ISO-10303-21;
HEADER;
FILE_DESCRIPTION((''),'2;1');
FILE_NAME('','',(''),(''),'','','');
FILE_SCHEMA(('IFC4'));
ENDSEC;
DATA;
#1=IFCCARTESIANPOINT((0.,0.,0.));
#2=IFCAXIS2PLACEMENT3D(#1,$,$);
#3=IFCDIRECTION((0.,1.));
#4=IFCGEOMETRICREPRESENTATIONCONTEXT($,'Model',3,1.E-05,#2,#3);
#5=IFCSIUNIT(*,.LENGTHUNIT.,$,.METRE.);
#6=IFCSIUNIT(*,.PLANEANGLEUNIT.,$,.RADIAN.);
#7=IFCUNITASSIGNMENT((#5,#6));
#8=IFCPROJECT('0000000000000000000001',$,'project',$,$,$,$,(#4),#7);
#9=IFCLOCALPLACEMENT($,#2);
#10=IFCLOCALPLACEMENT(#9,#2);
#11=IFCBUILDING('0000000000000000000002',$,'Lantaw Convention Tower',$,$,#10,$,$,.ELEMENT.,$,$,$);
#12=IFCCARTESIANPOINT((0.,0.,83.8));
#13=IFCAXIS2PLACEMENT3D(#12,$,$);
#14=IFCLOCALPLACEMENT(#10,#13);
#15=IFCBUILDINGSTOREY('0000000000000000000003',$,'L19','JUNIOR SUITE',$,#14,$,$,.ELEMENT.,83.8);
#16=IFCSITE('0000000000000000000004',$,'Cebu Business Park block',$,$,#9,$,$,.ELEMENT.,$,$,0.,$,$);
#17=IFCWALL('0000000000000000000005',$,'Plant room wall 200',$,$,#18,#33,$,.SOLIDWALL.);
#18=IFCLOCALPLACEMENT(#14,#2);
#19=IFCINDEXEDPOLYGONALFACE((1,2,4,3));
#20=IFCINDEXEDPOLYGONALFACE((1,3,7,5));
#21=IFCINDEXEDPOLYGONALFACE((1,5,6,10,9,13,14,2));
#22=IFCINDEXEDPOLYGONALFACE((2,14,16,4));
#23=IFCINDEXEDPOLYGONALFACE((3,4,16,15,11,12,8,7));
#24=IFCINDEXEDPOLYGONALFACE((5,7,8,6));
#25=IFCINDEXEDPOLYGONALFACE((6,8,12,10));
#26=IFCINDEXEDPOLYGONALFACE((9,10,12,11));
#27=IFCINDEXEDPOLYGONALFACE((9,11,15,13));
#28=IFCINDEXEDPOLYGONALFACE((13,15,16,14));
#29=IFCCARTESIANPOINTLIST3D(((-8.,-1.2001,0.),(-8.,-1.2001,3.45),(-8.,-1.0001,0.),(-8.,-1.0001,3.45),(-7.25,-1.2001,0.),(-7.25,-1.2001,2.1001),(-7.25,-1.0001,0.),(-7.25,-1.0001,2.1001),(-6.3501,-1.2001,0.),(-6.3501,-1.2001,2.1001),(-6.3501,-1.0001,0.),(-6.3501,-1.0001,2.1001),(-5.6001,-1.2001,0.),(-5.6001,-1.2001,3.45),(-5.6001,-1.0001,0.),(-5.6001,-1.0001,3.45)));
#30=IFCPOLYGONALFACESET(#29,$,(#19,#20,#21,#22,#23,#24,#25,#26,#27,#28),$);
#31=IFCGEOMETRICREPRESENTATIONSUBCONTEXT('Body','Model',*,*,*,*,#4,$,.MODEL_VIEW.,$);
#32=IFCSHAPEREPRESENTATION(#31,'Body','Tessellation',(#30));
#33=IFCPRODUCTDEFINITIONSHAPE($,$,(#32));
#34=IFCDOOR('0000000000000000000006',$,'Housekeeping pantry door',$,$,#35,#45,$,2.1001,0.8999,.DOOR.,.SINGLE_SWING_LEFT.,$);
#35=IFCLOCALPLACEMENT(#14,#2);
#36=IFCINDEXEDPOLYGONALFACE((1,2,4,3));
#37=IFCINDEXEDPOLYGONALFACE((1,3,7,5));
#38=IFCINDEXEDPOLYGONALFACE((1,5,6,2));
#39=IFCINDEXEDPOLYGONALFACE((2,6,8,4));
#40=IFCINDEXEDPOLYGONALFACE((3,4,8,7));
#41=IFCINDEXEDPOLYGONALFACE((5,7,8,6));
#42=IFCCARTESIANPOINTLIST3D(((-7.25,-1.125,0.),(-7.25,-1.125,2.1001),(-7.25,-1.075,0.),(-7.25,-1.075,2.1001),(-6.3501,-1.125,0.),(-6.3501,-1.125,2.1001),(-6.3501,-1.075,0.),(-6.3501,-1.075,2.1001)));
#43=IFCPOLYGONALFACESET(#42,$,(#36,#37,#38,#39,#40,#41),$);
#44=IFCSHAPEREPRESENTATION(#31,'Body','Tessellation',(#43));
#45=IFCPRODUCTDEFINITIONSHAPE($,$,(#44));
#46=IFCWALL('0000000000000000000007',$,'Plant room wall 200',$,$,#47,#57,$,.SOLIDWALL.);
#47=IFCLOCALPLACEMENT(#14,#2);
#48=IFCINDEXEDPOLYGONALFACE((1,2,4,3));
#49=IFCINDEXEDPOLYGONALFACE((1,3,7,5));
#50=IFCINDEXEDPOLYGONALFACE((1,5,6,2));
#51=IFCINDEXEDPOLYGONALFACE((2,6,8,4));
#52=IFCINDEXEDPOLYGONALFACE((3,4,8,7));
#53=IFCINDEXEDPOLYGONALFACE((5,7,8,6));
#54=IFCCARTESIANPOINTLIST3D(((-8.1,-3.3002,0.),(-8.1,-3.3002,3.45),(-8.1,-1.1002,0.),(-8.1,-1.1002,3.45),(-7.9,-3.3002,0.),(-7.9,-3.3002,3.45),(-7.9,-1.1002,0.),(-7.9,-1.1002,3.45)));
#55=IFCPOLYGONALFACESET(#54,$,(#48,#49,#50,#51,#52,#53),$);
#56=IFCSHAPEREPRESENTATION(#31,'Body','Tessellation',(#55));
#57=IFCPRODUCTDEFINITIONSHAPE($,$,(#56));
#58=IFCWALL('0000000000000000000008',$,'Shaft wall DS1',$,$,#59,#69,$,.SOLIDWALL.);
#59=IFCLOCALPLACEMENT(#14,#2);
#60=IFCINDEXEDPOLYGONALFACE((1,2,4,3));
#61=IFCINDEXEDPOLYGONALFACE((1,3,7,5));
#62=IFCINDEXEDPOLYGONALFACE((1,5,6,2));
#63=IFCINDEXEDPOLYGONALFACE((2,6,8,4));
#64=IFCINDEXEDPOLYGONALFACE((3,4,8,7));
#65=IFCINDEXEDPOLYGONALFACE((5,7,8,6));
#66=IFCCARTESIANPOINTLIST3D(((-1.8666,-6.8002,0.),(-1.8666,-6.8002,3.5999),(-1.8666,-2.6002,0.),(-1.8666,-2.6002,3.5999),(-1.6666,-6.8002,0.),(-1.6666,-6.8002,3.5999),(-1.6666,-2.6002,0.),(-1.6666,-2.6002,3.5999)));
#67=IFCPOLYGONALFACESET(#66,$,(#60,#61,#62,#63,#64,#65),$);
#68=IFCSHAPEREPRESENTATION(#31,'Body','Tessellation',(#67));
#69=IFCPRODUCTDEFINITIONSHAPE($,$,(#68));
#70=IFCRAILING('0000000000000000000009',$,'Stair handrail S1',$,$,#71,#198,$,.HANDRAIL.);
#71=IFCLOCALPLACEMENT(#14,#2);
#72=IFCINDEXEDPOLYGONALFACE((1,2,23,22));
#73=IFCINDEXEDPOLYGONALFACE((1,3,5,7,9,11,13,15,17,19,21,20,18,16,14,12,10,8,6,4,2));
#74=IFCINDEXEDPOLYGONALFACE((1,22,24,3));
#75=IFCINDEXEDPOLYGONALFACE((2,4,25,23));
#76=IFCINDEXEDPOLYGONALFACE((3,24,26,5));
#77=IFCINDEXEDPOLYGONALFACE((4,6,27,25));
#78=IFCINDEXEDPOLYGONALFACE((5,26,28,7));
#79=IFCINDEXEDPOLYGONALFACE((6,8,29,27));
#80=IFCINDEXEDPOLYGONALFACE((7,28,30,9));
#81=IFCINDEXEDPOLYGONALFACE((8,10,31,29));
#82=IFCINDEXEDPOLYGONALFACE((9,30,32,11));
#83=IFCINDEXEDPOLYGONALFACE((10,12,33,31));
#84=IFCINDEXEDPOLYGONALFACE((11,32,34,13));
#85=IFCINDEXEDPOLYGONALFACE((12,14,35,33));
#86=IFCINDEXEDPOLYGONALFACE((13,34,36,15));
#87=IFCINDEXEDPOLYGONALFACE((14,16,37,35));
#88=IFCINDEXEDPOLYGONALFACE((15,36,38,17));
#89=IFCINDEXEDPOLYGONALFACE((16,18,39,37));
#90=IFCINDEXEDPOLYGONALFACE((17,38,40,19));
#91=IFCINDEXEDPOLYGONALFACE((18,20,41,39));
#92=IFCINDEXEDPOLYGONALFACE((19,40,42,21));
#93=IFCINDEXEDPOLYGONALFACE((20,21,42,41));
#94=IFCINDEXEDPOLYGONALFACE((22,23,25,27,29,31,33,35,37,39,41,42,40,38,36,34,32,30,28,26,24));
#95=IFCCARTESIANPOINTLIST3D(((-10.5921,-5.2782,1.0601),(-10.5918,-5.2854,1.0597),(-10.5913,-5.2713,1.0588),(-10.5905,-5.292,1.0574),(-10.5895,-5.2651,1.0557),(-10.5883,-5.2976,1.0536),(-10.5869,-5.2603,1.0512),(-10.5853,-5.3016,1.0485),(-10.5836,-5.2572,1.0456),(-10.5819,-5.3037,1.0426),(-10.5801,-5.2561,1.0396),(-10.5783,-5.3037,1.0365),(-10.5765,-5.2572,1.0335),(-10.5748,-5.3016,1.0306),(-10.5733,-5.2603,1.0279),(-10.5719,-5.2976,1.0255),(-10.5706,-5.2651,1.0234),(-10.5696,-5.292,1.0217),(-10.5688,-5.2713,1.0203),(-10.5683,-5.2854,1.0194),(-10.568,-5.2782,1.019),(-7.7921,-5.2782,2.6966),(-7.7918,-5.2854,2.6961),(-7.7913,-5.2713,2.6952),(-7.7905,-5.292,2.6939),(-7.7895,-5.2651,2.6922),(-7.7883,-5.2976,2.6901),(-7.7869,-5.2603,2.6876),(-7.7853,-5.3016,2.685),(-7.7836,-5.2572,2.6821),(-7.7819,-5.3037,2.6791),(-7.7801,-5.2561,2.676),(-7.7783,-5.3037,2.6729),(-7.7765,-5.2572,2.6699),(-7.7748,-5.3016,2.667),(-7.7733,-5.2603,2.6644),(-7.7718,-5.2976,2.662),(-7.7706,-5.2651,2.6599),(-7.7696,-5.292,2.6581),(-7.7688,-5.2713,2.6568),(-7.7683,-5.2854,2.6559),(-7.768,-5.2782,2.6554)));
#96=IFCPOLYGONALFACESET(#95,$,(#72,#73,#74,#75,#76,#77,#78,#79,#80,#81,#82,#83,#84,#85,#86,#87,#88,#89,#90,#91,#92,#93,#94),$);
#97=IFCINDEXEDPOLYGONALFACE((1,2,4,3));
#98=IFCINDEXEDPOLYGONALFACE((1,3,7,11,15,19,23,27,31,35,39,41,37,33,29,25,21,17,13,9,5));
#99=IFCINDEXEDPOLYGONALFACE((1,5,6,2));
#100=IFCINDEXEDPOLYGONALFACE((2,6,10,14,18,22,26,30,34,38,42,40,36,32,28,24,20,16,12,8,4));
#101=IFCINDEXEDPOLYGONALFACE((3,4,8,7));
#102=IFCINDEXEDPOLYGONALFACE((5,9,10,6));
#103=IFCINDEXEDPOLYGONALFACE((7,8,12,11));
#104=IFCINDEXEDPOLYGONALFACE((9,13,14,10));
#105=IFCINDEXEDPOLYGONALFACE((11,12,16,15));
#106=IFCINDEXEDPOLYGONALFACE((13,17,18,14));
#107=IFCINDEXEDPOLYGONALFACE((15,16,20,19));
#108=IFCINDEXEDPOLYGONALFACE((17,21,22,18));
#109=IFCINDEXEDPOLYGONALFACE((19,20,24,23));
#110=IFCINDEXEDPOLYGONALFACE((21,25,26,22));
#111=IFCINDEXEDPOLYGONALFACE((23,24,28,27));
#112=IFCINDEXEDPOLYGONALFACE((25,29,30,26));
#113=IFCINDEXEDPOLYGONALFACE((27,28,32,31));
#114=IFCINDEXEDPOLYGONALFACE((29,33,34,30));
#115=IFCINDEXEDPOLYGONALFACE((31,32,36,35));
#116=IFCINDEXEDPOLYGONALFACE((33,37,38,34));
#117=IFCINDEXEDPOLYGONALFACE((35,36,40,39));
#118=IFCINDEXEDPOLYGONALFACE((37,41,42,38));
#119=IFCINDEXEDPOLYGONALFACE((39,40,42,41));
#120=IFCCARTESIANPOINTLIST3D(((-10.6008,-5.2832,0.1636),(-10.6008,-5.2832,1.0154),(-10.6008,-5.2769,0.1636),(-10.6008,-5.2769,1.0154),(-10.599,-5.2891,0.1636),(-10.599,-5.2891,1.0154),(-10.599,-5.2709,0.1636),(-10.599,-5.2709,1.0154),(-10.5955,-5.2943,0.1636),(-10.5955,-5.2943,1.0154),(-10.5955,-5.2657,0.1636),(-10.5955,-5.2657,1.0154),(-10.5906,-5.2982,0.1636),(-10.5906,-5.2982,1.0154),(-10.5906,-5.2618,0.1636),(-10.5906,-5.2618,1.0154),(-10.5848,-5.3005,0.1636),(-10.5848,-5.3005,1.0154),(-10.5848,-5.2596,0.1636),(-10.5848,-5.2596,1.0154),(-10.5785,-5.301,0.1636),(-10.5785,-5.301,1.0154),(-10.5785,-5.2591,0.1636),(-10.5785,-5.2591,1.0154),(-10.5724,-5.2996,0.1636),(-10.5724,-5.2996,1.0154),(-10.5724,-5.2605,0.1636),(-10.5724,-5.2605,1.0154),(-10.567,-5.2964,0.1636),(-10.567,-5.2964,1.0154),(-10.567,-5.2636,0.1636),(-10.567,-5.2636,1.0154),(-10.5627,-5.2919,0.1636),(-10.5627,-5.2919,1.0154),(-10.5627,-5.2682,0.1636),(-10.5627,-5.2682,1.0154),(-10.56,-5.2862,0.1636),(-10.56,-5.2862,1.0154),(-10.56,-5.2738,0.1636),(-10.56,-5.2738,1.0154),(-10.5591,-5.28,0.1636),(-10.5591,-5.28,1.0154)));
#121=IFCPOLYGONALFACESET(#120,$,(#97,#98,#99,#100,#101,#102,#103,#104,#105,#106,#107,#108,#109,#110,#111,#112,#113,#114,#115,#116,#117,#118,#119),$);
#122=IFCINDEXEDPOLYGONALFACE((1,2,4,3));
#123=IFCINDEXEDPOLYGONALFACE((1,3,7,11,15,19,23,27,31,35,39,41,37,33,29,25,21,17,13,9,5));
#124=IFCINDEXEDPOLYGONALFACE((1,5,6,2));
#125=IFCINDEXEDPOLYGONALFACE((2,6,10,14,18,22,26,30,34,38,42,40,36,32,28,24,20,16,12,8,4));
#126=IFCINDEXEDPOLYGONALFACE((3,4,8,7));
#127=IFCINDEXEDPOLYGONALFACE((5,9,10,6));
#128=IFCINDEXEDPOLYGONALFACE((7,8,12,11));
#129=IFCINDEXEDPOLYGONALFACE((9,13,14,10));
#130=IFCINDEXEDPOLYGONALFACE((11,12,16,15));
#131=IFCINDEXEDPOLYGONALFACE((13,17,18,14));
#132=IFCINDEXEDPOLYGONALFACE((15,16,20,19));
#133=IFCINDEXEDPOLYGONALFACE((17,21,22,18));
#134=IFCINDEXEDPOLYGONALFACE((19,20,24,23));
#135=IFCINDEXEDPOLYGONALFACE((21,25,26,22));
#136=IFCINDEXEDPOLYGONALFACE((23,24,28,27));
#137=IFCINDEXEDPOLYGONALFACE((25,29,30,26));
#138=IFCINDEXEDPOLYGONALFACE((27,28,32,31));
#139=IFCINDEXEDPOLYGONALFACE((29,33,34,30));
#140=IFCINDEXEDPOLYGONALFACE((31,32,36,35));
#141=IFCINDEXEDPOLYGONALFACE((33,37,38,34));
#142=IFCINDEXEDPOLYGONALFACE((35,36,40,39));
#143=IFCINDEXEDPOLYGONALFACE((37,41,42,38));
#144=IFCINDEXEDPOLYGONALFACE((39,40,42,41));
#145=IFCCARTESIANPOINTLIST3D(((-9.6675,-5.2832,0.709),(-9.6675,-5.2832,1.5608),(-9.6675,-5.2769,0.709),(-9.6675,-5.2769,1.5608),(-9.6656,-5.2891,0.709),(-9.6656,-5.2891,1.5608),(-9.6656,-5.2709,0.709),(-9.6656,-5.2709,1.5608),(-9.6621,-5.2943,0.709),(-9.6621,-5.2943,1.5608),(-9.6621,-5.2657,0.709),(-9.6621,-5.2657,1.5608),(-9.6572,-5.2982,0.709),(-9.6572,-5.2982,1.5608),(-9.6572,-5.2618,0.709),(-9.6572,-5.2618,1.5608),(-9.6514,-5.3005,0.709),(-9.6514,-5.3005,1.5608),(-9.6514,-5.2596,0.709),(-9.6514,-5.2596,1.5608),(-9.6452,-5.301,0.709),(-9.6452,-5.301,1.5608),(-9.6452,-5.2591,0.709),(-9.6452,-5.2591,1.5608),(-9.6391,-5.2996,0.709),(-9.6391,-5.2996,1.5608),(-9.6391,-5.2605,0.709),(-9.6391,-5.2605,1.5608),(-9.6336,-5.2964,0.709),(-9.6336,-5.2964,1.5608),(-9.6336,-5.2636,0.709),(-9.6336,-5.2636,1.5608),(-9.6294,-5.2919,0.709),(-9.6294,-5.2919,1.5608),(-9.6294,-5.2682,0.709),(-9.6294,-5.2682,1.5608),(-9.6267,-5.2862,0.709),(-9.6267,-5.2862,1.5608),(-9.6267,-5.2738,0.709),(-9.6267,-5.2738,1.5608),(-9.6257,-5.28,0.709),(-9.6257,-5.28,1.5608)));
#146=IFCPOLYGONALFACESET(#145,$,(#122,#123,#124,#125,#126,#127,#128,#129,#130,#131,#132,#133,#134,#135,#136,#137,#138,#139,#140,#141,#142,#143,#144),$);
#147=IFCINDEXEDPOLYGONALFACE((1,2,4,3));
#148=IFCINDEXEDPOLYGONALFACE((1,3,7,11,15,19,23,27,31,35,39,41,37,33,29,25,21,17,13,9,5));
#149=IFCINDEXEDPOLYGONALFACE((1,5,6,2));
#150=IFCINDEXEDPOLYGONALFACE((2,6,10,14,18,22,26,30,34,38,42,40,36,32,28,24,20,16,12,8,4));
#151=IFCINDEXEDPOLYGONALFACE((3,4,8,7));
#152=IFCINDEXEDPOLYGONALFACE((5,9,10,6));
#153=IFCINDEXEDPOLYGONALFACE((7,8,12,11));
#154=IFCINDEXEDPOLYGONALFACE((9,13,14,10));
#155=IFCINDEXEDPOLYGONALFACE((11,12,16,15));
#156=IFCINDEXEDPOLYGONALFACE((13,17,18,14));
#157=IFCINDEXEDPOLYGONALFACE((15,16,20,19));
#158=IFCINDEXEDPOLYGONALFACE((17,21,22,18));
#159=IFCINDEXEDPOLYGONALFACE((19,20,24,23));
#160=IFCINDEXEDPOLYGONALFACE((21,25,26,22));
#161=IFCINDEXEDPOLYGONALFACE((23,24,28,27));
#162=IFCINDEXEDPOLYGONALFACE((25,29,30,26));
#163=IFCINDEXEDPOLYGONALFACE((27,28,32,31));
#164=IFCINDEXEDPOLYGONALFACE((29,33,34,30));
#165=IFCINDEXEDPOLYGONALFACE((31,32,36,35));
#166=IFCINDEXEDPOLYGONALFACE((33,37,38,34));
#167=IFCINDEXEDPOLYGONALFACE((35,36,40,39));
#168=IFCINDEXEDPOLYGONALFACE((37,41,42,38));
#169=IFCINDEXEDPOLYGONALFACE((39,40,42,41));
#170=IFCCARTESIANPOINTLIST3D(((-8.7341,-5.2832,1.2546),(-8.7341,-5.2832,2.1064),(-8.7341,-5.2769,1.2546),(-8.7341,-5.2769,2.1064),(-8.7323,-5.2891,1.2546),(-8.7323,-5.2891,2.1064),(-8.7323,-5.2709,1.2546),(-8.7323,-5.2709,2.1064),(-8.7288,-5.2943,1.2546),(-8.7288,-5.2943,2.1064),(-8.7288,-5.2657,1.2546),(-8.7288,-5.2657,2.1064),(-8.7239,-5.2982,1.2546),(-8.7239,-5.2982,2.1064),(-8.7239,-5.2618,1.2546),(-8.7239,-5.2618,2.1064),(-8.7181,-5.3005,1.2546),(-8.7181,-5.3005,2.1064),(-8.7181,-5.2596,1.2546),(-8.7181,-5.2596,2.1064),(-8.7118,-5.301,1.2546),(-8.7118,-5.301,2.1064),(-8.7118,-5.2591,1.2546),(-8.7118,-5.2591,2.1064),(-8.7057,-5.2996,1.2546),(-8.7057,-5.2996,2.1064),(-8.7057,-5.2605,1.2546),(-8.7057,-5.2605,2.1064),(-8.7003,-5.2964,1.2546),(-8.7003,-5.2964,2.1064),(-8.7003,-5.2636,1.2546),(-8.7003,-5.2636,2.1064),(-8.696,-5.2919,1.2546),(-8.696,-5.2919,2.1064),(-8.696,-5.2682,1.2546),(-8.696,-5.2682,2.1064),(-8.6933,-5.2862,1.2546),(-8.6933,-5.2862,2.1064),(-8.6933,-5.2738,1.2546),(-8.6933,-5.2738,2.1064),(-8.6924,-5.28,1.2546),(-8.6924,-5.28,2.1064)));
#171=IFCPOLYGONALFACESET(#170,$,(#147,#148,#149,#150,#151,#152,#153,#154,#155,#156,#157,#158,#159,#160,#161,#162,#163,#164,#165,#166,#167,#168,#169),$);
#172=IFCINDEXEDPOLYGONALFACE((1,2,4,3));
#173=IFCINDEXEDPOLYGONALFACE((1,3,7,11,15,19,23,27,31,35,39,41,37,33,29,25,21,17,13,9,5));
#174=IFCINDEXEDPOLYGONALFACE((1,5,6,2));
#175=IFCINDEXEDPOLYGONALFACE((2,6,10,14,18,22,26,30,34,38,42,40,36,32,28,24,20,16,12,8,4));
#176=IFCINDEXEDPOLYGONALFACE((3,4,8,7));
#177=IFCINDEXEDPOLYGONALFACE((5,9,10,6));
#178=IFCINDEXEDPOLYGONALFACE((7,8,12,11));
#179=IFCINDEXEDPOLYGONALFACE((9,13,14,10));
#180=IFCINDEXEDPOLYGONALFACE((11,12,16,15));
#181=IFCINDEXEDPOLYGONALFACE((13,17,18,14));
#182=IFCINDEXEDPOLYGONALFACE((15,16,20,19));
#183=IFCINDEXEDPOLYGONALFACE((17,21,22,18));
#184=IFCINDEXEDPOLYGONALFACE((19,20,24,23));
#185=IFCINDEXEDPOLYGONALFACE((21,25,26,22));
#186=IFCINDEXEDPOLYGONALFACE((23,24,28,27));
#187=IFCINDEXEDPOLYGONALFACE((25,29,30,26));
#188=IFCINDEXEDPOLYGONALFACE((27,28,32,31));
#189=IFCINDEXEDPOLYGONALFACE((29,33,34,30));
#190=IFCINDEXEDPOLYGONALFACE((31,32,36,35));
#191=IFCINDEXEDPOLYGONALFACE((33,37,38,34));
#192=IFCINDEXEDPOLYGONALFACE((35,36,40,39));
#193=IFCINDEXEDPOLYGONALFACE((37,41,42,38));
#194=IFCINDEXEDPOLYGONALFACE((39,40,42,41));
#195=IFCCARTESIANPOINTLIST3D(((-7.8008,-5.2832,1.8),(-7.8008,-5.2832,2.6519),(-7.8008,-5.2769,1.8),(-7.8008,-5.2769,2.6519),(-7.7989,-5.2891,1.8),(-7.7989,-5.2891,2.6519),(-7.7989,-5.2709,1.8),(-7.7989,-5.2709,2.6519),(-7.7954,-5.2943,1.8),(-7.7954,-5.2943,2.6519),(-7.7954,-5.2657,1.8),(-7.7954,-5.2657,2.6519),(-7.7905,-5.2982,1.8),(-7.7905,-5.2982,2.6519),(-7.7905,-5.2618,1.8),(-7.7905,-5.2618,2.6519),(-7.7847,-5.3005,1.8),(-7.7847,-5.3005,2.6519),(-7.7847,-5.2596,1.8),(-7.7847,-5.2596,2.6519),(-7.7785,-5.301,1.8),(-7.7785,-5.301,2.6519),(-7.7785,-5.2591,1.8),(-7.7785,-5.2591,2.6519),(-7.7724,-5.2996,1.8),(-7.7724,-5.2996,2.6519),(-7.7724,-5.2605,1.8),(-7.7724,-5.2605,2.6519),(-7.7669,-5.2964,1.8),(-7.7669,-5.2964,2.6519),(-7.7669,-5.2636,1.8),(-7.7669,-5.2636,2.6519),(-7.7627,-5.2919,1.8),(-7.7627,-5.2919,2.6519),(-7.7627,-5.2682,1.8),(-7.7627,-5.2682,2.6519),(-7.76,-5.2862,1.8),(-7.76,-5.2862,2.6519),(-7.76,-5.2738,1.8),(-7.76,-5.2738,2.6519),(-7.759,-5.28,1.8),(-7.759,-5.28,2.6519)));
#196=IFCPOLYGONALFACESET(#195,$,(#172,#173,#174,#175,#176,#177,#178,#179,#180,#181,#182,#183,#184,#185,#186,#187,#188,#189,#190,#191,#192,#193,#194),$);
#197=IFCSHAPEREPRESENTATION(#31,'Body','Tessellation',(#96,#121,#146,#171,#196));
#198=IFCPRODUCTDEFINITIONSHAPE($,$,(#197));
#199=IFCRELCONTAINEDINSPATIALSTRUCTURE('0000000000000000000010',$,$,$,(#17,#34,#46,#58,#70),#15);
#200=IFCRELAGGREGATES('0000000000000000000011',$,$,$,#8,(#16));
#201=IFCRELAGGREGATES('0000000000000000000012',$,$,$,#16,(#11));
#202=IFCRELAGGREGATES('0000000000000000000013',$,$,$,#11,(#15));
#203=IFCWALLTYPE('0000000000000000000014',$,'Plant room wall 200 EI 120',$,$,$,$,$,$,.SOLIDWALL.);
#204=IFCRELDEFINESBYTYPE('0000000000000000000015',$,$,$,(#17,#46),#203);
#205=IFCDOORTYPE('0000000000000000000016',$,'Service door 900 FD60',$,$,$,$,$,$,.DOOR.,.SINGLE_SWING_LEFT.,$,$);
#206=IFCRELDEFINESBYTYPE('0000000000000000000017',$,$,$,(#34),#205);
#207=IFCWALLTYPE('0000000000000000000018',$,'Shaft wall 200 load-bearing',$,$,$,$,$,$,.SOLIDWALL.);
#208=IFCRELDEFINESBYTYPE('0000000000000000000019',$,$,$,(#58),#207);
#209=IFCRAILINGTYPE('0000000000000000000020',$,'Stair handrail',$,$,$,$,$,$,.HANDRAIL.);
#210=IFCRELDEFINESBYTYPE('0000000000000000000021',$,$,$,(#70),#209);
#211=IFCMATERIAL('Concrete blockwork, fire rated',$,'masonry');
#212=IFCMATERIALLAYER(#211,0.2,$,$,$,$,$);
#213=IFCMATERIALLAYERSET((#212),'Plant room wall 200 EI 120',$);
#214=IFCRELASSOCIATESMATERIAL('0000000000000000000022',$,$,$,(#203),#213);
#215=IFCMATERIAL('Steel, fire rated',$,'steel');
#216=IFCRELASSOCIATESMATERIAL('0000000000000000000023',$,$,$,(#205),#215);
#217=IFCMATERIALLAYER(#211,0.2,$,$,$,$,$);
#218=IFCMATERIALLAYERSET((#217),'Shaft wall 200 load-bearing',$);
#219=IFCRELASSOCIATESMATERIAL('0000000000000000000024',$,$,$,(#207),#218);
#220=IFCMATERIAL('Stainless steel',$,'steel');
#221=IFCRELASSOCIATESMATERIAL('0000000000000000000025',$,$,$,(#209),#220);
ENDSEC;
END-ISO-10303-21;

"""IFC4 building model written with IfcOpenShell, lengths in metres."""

from ifc_helpers import new_model, si_unit, direction, frame, frame_2d, origin, origin_2d, place, context, subcontext, project, spatial, rectangle, circle, extrude, material, layer, layer_set, type_object, element, fill, save


model = new_model("IFC4")

# Units and contexts
model_context = context("Model", 3, precision=1e-05, world=origin(), true_north=direction((0.0, 1.0)))
body_context = subcontext(model_context, "Body", "Model", "MODEL_VIEW")
ifc_project = project(units=[si_unit("LENGTHUNIT", "METRE"), si_unit("PLANEANGLEUNIT", "RADIAN")], contexts=[model_context])

# Site, building, storey
site_placement = place(None, origin())
site = spatial("IfcSite", under=ifc_project, at=site_placement, Name="Cebu Business Park block", CompositionType="ELEMENT", RefElevation=0.0)
building_placement = place(site_placement, origin())
building = spatial("IfcBuilding", under=site, at=building_placement, Name="Lantaw Convention Tower", CompositionType="ELEMENT")
storey_placement = place(building_placement, frame((0.0, 0.0, 83.8)))
storey = spatial("IfcBuildingStorey", under=building, at=storey_placement, Name="L19", Description="JUNIOR SUITE", CompositionType="ELEMENT", Elevation=83.8)

# Shared definitions
ifc_material_1 = material(Name="Steel, fire rated", Category="steel")

# Shared definitions
ifc_material_2 = material(Name="Stainless steel", Category="steel")

# Wall, opening, door
ifc_material_3 = material(Name="Concrete blockwork, fire rated", Category="masonry")
ifc_layer_1 = layer(ifc_material_3, 0.2)
ifc_layer_set_1 = layer_set([ifc_layer_1], Name="Plant room wall 200 EI 120")
wall_type_1 = type_object("IfcWallType", Name="Plant room wall 200 EI 120", PredefinedType="SOLIDWALL", material=ifc_layer_set_1)
wall_1_placement = place(storey_placement, frame((-5.6001, -1.1001, 0.0), z_axis=(0.0, 0.0, 1.0), x_axis=(-1.0, 0.0, 0.0)))
wall_1 = element("IfcWall", 1, at=wall_1_placement, inside=storey, type_object=wall_type_1, Name="Plant room wall 200", PredefinedType="SOLIDWALL", context=body_context, shape_type="SweptSolid", body=[
    extrude(rectangle(XDim=2.3999, YDim=0.2, at=frame_2d((1.2, 0.0))), origin(), (0.0, 0.0, 1.0), 3.45),
])
opening_1_placement = place(wall_1_placement, frame((0.75, 0.0, 0.0)))
opening_1 = element("IfcOpeningElement", 2, at=opening_1_placement, cuts=wall_1, PredefinedType="OPENING", context=body_context, shape_type="SweptSolid", body=[
    extrude(rectangle(XDim=0.8999, YDim=2.1001, at=frame_2d((0.45, 1.05))), frame((0.0, 0.1099, 0.0), z_axis=(0.0, -1.0, 0.0), x_axis=(1.0, 0.0, 0.0)), (0.0, 0.0, 1.0), 0.22),
])
door_type_1 = type_object("IfcDoorType", Name="Service door 900 FD60", OperationType="SINGLE_SWING_LEFT", PredefinedType="DOOR", material=ifc_material_1)
door_1_placement = place(opening_1_placement, origin())
door_1 = element("IfcDoor", 3, at=door_1_placement, inside=storey, type_object=door_type_1, Name="Housekeeping pantry door", OperationType="SINGLE_SWING_LEFT", OverallHeight=2.1001, OverallWidth=0.8999, PredefinedType="DOOR", context=body_context, shape_type="SweptSolid", body=[
    extrude(rectangle(XDim=0.8999, YDim=2.1001, at=frame_2d((0.45, 1.05))), frame((0.0, 0.0249, 0.0), z_axis=(0.0, -1.0, 0.0), x_axis=(1.0, 0.0, 0.0)), (0.0, 0.0, 1.0), 0.05),
])
fill(opening_1, door_1)

# Walls
wall_2_placement = place(storey_placement, frame((-8.0, -1.1001, 0.0), z_axis=(0.0, 0.0, 1.0), x_axis=(0.0, -1.0, 0.0)))
element("IfcWall", 4, at=wall_2_placement, inside=storey, type_object=wall_type_1, Name="Plant room wall 200", PredefinedType="SOLIDWALL", context=body_context, shape_type="SweptSolid", body=[
    extrude(rectangle(XDim=2.2, YDim=0.2, at=frame_2d((1.1001, 0.0))), origin(), (0.0, 0.0, 1.0), 3.45),
])
ifc_layer_2 = layer(ifc_material_3, 0.2)
ifc_layer_set_2 = layer_set([ifc_layer_2], Name="Shaft wall 200 load-bearing")
wall_type_2 = type_object("IfcWallType", Name="Shaft wall 200 load-bearing", PredefinedType="SOLIDWALL", material=ifc_layer_set_2)
wall_3_placement = place(storey_placement, frame((-1.7666, -2.6001, 0.0), z_axis=(0.0, 0.0, 1.0), x_axis=(0.0, -1.0, 0.0)))
element("IfcWall", 5, at=wall_3_placement, inside=storey, type_object=wall_type_2, Name="Shaft wall DS1", PredefinedType="SOLIDWALL", context=body_context, shape_type="SweptSolid", body=[
    extrude(rectangle(XDim=4.2, YDim=0.2, at=frame_2d((2.1001, 0.0))), origin(), (0.0, 0.0, 1.0), 3.5999),
])

# Railing
railing_type = type_object("IfcRailingType", Name="Stair handrail", PredefinedType="HANDRAIL", material=ifc_material_2)
railing_1_placement = place(storey_placement, frame((-10.5801, -5.28, 0.1636)))
element("IfcRailing", 6, at=railing_1_placement, inside=storey, type_object=railing_type, Name="Stair handrail S1", PredefinedType="HANDRAIL", context=body_context, shape_type="SweptSolid", body=[
    extrude(circle(Radius=0.0239, at=origin_2d()), frame((0.0, 0.0, 0.876), z_axis=(0.863361, 0.0, 0.504587), x_axis=(0.0, 1.0, 0.0)), (0.0, 0.0, 1.0), 3.2432),
    extrude(circle(Radius=0.021, at=origin_2d()), origin(), (0.0, 0.0, 1.0), 0.8518),
    extrude(circle(Radius=0.021, at=origin_2d()), frame((0.9333, 0.0, 0.5454)), (0.0, 0.0, 1.0), 0.8518),
    extrude(circle(Radius=0.021, at=origin_2d()), frame((1.8667, 0.0, 1.0911)), (0.0, 0.0, 1.0), 0.8518),
    extrude(circle(Radius=0.021, at=origin_2d()), frame((2.8, 0.0, 1.6365)), (0.0, 0.0, 1.0), 0.8518),
])

save(model, "model.ifc")
